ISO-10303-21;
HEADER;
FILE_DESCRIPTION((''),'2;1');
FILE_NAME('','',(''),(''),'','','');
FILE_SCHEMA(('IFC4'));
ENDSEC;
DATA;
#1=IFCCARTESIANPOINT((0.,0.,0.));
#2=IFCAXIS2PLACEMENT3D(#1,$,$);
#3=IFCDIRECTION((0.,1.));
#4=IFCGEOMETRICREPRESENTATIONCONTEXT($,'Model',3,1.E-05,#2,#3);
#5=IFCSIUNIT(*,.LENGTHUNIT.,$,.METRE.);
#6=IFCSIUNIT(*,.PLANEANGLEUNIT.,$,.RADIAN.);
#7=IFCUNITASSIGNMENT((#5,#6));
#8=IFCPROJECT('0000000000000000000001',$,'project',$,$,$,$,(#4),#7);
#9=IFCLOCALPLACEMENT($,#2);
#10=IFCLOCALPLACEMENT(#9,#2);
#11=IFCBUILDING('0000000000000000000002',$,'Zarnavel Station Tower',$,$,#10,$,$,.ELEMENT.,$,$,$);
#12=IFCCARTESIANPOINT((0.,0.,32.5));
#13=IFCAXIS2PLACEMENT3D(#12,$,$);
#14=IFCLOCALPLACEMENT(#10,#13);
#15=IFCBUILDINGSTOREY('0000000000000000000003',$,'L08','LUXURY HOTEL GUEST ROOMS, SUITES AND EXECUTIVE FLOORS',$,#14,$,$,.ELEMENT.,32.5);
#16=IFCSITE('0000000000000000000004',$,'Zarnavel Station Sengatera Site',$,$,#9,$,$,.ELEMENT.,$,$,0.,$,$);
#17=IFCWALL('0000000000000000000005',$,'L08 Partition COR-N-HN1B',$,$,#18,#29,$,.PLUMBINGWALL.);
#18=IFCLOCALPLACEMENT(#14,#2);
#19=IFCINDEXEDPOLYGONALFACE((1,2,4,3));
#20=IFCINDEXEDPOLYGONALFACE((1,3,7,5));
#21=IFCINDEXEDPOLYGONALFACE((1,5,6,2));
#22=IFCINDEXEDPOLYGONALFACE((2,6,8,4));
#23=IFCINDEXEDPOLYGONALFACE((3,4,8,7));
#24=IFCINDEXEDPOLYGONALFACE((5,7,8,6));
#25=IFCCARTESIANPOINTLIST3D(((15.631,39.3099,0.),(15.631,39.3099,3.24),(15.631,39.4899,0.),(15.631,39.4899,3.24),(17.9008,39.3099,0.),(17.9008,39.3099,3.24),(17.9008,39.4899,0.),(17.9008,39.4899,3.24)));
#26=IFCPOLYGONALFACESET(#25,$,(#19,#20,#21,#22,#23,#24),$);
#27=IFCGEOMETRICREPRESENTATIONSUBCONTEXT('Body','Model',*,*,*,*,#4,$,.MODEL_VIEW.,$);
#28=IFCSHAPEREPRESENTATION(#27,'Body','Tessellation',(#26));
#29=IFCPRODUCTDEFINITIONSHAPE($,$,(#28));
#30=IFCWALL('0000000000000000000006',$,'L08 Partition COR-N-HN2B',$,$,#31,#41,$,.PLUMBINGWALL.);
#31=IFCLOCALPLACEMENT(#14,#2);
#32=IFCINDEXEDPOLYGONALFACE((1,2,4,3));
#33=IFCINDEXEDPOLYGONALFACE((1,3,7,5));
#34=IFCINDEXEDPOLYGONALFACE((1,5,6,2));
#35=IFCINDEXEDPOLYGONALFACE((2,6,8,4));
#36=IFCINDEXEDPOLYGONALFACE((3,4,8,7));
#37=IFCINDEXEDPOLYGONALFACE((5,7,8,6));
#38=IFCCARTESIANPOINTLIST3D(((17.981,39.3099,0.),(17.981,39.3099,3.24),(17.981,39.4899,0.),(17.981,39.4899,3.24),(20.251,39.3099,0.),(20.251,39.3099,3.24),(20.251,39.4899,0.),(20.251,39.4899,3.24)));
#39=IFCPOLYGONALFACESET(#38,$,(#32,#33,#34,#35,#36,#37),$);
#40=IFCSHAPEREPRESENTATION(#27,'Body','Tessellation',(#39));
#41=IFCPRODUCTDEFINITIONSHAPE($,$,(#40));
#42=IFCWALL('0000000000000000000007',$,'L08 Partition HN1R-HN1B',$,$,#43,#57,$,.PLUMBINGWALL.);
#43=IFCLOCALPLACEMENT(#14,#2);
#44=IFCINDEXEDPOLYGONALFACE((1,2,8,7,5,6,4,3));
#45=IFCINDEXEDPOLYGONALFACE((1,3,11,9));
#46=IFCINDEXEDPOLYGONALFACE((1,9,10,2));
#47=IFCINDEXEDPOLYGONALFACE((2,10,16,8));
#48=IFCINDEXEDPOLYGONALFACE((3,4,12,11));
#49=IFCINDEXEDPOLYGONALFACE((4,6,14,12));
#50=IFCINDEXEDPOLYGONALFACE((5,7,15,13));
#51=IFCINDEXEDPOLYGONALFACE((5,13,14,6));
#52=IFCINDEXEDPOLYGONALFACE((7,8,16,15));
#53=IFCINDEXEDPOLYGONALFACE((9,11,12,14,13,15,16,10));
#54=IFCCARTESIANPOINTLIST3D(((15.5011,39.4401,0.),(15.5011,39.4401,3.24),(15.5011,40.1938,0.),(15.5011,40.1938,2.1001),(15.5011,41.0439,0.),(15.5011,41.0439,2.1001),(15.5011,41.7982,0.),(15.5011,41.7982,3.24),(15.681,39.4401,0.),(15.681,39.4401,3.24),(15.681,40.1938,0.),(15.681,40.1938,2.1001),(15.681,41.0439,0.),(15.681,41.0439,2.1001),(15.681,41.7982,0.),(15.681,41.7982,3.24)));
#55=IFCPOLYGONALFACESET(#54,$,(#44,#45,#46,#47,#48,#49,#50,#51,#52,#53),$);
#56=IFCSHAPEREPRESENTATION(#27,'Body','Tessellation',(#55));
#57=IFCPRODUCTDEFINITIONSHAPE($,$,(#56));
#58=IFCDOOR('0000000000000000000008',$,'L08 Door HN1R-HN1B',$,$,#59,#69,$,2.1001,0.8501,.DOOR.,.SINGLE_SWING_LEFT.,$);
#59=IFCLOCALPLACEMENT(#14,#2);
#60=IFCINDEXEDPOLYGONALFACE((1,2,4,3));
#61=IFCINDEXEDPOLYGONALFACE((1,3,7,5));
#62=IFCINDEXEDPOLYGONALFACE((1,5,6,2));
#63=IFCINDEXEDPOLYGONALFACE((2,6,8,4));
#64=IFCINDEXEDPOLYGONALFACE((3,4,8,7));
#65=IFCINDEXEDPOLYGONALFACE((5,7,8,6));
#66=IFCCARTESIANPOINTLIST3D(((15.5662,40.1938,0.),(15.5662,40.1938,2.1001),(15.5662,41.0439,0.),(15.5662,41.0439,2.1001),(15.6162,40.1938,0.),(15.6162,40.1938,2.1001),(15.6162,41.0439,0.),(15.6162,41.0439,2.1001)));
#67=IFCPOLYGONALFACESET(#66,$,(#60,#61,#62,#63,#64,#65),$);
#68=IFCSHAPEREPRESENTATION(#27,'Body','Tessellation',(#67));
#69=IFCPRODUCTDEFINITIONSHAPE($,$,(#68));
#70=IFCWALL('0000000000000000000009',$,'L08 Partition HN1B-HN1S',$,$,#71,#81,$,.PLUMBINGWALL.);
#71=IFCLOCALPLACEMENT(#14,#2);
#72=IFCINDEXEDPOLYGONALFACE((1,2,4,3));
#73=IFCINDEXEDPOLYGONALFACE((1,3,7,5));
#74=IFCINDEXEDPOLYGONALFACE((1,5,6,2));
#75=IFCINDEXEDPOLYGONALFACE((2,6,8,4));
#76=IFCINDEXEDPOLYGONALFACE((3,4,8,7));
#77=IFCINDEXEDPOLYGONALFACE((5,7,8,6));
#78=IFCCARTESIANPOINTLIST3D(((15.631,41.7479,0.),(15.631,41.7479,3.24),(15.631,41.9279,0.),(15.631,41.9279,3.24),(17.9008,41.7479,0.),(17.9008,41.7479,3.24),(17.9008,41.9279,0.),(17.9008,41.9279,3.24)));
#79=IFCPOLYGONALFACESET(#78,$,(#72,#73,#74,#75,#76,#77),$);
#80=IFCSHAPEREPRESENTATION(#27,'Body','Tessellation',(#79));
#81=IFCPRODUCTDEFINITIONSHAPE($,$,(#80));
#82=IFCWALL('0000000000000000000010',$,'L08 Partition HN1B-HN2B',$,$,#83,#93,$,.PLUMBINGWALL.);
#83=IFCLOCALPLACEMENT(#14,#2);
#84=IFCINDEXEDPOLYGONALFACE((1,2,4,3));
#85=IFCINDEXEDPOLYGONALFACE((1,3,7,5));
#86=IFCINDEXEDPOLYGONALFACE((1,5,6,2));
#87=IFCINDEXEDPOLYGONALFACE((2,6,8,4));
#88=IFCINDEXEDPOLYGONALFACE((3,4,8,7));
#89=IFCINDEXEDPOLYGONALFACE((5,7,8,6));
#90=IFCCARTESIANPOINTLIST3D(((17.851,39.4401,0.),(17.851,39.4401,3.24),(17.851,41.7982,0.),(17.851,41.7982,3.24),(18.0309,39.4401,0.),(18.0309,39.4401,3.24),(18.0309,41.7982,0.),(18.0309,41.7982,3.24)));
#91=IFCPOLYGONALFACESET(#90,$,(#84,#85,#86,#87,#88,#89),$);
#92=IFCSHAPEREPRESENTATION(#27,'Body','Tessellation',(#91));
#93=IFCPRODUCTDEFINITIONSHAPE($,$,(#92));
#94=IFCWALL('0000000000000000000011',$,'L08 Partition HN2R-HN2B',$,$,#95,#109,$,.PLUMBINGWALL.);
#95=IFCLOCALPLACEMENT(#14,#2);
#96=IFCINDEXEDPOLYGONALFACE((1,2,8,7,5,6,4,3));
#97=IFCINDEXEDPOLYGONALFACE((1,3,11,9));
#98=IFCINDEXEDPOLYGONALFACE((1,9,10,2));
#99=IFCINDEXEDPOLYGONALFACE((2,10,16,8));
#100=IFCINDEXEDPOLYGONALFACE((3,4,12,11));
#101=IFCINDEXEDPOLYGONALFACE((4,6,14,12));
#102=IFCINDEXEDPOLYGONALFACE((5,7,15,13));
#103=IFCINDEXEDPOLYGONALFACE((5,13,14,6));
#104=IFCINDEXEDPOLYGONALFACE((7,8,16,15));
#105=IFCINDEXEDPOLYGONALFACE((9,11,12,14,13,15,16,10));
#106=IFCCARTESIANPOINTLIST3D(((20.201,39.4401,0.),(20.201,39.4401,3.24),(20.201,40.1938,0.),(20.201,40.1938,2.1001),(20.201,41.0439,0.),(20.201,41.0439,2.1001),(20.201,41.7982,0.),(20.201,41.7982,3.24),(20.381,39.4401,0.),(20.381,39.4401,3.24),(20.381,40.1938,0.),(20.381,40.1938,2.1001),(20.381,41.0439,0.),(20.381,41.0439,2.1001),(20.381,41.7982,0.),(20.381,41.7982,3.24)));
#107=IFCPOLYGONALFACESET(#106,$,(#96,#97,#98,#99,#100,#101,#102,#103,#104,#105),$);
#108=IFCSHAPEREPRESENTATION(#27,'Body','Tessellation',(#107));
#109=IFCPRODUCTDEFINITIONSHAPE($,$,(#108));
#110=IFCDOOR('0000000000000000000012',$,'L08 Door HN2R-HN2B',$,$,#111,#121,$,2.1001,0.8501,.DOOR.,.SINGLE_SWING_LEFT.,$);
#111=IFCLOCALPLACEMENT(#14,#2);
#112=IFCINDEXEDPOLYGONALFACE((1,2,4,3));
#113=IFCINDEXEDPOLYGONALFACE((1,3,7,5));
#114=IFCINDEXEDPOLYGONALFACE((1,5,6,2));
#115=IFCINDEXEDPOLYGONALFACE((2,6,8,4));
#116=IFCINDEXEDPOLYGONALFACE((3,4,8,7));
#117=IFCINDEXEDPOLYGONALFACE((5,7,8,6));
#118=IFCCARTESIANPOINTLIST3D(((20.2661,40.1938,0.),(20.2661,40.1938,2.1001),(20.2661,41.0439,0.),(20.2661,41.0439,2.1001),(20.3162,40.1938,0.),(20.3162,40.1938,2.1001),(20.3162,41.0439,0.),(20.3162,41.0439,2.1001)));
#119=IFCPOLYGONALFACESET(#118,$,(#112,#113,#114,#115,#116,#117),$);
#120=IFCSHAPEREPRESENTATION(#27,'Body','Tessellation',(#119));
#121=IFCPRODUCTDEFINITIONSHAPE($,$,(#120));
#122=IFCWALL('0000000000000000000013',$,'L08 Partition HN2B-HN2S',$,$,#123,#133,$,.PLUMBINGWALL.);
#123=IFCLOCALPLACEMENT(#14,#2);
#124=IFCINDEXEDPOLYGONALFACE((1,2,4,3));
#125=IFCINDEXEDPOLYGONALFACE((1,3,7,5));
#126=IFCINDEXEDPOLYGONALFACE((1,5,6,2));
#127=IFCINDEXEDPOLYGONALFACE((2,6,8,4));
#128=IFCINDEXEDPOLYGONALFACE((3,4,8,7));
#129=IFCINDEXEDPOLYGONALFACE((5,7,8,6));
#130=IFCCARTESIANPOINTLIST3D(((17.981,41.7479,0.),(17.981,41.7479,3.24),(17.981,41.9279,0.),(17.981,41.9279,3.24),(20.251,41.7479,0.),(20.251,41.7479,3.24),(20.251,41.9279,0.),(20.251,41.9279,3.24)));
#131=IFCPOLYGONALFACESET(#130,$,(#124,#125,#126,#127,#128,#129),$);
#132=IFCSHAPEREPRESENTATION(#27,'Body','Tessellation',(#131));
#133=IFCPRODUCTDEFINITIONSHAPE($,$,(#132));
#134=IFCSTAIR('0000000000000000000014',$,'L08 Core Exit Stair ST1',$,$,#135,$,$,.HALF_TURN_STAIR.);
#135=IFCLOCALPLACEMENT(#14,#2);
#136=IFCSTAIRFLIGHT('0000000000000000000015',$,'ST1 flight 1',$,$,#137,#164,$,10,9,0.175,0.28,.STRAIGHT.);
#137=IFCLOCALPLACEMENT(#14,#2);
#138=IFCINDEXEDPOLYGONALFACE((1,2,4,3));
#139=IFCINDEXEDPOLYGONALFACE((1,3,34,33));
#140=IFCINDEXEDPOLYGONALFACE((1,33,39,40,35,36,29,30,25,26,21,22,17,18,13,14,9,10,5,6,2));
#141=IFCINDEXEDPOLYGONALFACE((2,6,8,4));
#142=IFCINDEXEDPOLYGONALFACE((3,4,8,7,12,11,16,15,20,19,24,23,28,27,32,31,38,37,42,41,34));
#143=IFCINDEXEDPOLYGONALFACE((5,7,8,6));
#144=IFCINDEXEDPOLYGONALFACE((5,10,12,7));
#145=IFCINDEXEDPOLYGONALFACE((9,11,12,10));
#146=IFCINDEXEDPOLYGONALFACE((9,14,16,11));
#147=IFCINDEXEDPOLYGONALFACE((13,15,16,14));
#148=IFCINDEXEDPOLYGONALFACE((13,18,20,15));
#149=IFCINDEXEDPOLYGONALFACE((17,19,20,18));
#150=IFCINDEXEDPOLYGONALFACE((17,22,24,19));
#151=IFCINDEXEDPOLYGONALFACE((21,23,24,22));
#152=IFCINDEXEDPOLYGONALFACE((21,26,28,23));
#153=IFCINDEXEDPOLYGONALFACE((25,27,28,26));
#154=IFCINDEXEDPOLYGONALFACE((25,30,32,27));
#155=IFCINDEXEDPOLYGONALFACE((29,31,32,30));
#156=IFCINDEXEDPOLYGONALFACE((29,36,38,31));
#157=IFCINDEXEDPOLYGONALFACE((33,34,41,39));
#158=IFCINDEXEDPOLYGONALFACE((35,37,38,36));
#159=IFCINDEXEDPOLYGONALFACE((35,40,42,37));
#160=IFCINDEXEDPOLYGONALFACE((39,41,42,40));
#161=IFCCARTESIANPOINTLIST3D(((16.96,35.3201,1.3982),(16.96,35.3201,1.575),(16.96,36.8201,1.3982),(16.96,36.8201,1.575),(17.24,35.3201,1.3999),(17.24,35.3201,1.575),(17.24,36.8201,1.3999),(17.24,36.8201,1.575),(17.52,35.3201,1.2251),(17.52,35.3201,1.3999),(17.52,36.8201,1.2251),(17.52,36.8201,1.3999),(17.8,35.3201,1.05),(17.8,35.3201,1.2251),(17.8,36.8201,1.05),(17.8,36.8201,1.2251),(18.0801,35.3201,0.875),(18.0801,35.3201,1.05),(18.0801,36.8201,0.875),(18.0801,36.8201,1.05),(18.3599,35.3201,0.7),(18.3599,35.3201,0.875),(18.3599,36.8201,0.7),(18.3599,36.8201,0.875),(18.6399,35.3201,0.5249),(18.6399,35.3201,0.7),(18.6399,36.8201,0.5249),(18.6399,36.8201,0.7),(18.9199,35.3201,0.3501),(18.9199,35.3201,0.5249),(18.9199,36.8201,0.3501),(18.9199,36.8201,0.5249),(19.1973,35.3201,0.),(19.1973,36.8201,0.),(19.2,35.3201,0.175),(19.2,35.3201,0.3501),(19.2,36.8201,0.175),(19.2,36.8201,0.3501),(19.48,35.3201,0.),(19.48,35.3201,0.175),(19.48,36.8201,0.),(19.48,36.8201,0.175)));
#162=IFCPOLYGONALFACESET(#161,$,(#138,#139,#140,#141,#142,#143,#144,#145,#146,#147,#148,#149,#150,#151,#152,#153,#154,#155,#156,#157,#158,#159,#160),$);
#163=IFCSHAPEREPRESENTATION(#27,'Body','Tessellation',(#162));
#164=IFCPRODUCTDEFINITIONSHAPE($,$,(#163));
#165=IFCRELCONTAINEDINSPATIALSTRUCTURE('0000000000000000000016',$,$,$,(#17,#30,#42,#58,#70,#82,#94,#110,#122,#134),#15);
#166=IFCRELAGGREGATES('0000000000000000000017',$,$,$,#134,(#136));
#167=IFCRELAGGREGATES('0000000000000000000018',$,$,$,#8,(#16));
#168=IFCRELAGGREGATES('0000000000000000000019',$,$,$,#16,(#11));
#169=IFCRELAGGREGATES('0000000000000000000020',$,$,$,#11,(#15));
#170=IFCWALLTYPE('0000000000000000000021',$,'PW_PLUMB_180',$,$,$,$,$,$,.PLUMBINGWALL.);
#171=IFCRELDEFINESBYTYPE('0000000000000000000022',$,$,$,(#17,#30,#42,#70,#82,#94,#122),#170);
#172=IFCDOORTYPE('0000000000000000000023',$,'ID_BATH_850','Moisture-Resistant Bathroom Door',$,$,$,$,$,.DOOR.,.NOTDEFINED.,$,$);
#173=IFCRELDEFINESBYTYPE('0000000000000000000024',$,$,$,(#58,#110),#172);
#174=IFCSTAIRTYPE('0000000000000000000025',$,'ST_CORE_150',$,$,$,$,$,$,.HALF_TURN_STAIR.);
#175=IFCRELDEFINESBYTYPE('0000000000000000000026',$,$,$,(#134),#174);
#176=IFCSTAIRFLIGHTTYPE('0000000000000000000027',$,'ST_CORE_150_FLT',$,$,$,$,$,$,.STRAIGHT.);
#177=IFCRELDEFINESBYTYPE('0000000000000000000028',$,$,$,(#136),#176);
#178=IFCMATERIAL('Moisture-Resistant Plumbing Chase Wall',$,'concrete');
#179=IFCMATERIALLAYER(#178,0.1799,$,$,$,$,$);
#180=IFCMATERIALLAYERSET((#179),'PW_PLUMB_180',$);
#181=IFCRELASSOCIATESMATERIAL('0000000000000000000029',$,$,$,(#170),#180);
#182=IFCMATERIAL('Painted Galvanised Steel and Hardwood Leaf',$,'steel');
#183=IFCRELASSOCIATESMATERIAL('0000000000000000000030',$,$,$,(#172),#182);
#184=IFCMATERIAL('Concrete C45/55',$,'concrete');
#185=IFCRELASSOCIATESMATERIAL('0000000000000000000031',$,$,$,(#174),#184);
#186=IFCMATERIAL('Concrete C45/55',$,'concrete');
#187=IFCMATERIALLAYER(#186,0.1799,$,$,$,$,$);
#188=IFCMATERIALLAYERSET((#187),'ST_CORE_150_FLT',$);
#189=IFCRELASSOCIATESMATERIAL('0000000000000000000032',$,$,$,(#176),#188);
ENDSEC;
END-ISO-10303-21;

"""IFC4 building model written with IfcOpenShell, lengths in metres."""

from ifc_helpers import new_model, si_unit, direction, frame, frame_2d, origin, place, context, subcontext, project, spatial, polyline, rectangle, outline, extrude, material, layer, layer_set, type_object, element, fill, aggregate, save


model = new_model("IFC4")

# Units and contexts
model_context = context("Model", 3, precision=1e-05, world=origin(), true_north=direction((0.0, 1.0)))
body_context = subcontext(model_context, "Body", "Model", "MODEL_VIEW")
ifc_project = project(units=[si_unit("LENGTHUNIT", "METRE"), si_unit("PLANEANGLEUNIT", "RADIAN")], contexts=[model_context])

# Site, building, storey
site_placement = place(None, origin())
site = spatial("IfcSite", under=ifc_project, at=site_placement, Name="Zarnavel Station Sengatera Site", CompositionType="ELEMENT", RefElevation=0.0)
building_placement = place(site_placement, origin())
building = spatial("IfcBuilding", under=site, at=building_placement, Name="Zarnavel Station Tower", CompositionType="ELEMENT")
storey_placement = place(building_placement, frame((0.0, 0.0, 32.5)))
storey = spatial("IfcBuildingStorey", under=building, at=storey_placement, Name="L08", Description="LUXURY HOTEL GUEST ROOMS, SUITES AND EXECUTIVE FLOORS", CompositionType="ELEMENT", Elevation=32.5)

# Walls
ifc_material_1 = material(Name="Moisture-Resistant Plumbing Chase Wall", Category="concrete")
ifc_layer_1 = layer(ifc_material_1, 0.1799)
ifc_layer_set_1 = layer_set([ifc_layer_1], Name="PW_PLUMB_180")
wall_type_1 = type_object("IfcWallType", Name="PW_PLUMB_180", PredefinedType="PLUMBINGWALL", material=ifc_layer_set_1)
wall_1_placement = place(storey_placement, frame((15.6311, 39.3999, 0.0), z_axis=(0.0, 0.0, 1.0), x_axis=(1.0, 0.0, 0.0)))
element("IfcWall", 1, at=wall_1_placement, inside=storey, type_object=wall_type_1, Name="L08 Partition COR-N-HN1B", PredefinedType="PLUMBINGWALL", context=body_context, shape_type="SweptSolid", body=[
    extrude(rectangle(XDim=2.2698, YDim=0.1799, at=frame_2d((1.1348, 0.0))), origin(), (0.0, 0.0, 1.0), 3.24),
])
wall_2_placement = place(storey_placement, frame((17.981, 39.3999, 0.0), z_axis=(0.0, 0.0, 1.0), x_axis=(1.0, 0.0, 0.0)))
element("IfcWall", 2, at=wall_2_placement, inside=storey, type_object=wall_type_1, Name="L08 Partition COR-N-HN2B", PredefinedType="PLUMBINGWALL", context=body_context, shape_type="SweptSolid", body=[
    extrude(rectangle(XDim=2.27, YDim=0.1799, at=frame_2d((1.135, 0.0))), origin(), (0.0, 0.0, 1.0), 3.24),
])

# Wall, opening, door
wall_3_placement = place(storey_placement, frame((15.5911, 39.4399, 0.0), z_axis=(0.0, 0.0, 1.0), x_axis=(0.0, 1.0, 0.0)))
wall_3 = element("IfcWall", 3, at=wall_3_placement, inside=storey, type_object=wall_type_1, Name="L08 Partition HN1R-HN1B", PredefinedType="PLUMBINGWALL", context=body_context, shape_type="SweptSolid", body=[
    extrude(rectangle(XDim=2.3582, YDim=0.1799, at=frame_2d((1.1792, 0.0))), origin(), (0.0, 0.0, 1.0), 3.24),
])
opening_1_placement = place(wall_3_placement, frame((0.7539, 0.0, 0.0)))
opening_1 = element("IfcOpeningElement", 4, at=opening_1_placement, cuts=wall_3, PredefinedType="OPENING", context=body_context, shape_type="SweptSolid", body=[
    extrude(rectangle(XDim=0.8501, YDim=2.1001, at=frame_2d((0.425, 1.05))), frame((0.0, 0.0999, 0.0), z_axis=(0.0, -1.0, 0.0), x_axis=(1.0, 0.0, 0.0)), (0.0, 0.0, 1.0), 0.2),
])
ifc_material_2 = material(Name="Painted Galvanised Steel and Hardwood Leaf", Category="steel")
door_type_1 = type_object("IfcDoorType", Name="ID_BATH_850", Description="Moisture-Resistant Bathroom Door", OperationType="NOTDEFINED", PredefinedType="DOOR", material=ifc_material_2)
door_1_placement = place(opening_1_placement, origin())
door_1 = element("IfcDoor", 5, at=door_1_placement, inside=storey, type_object=door_type_1, Name="L08 Door HN1R-HN1B", OperationType="SINGLE_SWING_LEFT", OverallHeight=2.1001, OverallWidth=0.8501, PredefinedType="DOOR", context=body_context, shape_type="SweptSolid", body=[
    extrude(rectangle(XDim=0.8501, YDim=2.1001, at=frame_2d((0.425, 1.05))), frame((0.0, 0.0249, 0.0), z_axis=(0.0, -1.0, 0.0), x_axis=(1.0, 0.0, 0.0)), (0.0, 0.0, 1.0), 0.05),
])
fill(opening_1, door_1)

# Walls
wall_4_placement = place(storey_placement, frame((15.6311, 41.8379, 0.0), z_axis=(0.0, 0.0, 1.0), x_axis=(1.0, 0.0, 0.0)))
element("IfcWall", 6, at=wall_4_placement, inside=storey, type_object=wall_type_1, Name="L08 Partition HN1B-HN1S", PredefinedType="PLUMBINGWALL", context=body_context, shape_type="SweptSolid", body=[
    extrude(rectangle(XDim=2.2698, YDim=0.1799, at=frame_2d((1.1348, 0.0))), origin(), (0.0, 0.0, 1.0), 3.24),
])
wall_5_placement = place(storey_placement, frame((17.9409, 39.4399, 0.0), z_axis=(0.0, 0.0, 1.0), x_axis=(0.0, 1.0, 0.0)))
element("IfcWall", 7, at=wall_5_placement, inside=storey, type_object=wall_type_1, Name="L08 Partition HN1B-HN2B", PredefinedType="PLUMBINGWALL", context=body_context, shape_type="SweptSolid", body=[
    extrude(rectangle(XDim=2.3582, YDim=0.1799, at=frame_2d((1.1792, 0.0))), origin(), (0.0, 0.0, 1.0), 3.24),
])

# Wall, opening, door
wall_6_placement = place(storey_placement, frame((20.291, 39.4399, 0.0), z_axis=(0.0, 0.0, 1.0), x_axis=(0.0, 1.0, 0.0)))
wall_6 = element("IfcWall", 8, at=wall_6_placement, inside=storey, type_object=wall_type_1, Name="L08 Partition HN2R-HN2B", PredefinedType="PLUMBINGWALL", context=body_context, shape_type="SweptSolid", body=[
    extrude(rectangle(XDim=2.3582, YDim=0.1799, at=frame_2d((1.1792, 0.0))), origin(), (0.0, 0.0, 1.0), 3.24),
])
opening_2_placement = place(wall_6_placement, frame((0.7539, 0.0, 0.0)))
opening_2 = element("IfcOpeningElement", 9, at=opening_2_placement, cuts=wall_6, PredefinedType="OPENING", context=body_context, shape_type="SweptSolid", body=[
    extrude(rectangle(XDim=0.8501, YDim=2.1001, at=frame_2d((0.425, 1.05))), frame((0.0, 0.0999, 0.0), z_axis=(0.0, -1.0, 0.0), x_axis=(1.0, 0.0, 0.0)), (0.0, 0.0, 1.0), 0.2),
])
door_2_placement = place(opening_2_placement, origin())
door_2 = element("IfcDoor", 10, at=door_2_placement, inside=storey, type_object=door_type_1, Name="L08 Door HN2R-HN2B", OperationType="SINGLE_SWING_LEFT", OverallHeight=2.1001, OverallWidth=0.8501, PredefinedType="DOOR", context=body_context, shape_type="SweptSolid", body=[
    extrude(rectangle(XDim=0.8501, YDim=2.1001, at=frame_2d((0.425, 1.05))), frame((0.0, 0.0249, 0.0), z_axis=(0.0, -1.0, 0.0), x_axis=(1.0, 0.0, 0.0)), (0.0, 0.0, 1.0), 0.05),
])
fill(opening_2, door_2)

# Wall
wall_7_placement = place(storey_placement, frame((17.981, 41.8379, 0.0), z_axis=(0.0, 0.0, 1.0), x_axis=(1.0, 0.0, 0.0)))
element("IfcWall", 11, at=wall_7_placement, inside=storey, type_object=wall_type_1, Name="L08 Partition HN2B-HN2S", PredefinedType="PLUMBINGWALL", context=body_context, shape_type="SweptSolid", body=[
    extrude(rectangle(XDim=2.27, YDim=0.1799, at=frame_2d((1.135, 0.0))), origin(), (0.0, 0.0, 1.0), 3.24),
])

# Stair, stair flight
ifc_material_3 = material(Name="Concrete C45/55", Category="concrete")
stair_type = type_object("IfcStairType", Name="ST_CORE_150", PredefinedType="HALF_TURN_STAIR", material=ifc_material_3)
stair_placement = place(storey_placement, origin())
stair = element("IfcStair", 12, at=stair_placement, inside=storey, type_object=stair_type, Name="L08 Core Exit Stair ST1", PredefinedType="HALF_TURN_STAIR")
ifc_material_4 = material(Name="Concrete C45/55", Category="concrete")
ifc_layer_2 = layer(ifc_material_4, 0.1799)
ifc_layer_set_2 = layer_set([ifc_layer_2], Name="ST_CORE_150_FLT")
stair_flight_type = type_object("IfcStairFlightType", Name="ST_CORE_150_FLT", PredefinedType="STRAIGHT", material=ifc_layer_set_2)
stair_flight_1_placement = place(storey_placement, frame((19.48, 36.0701, 0.0), z_axis=(0.0, 0.0, 1.0), x_axis=(-1.0, 0.0, 0.0)))
stair_flight_1 = element("IfcStairFlight", 13, at=stair_flight_1_placement, type_object=stair_flight_type, Name="ST1 flight 1", NumberOfRisers=10, NumberOfTreads=9, PredefinedType="STRAIGHT", RiserHeight=0.175, TreadLength=0.28, context=body_context, shape_type="SweptSolid", body=[
    extrude(outline(polyline([(0.0, 0.0), (0.0, 0.175), (0.28, 0.175), (0.28, 0.3501), (0.5601, 0.3501), (0.5601, 0.5249), (0.8401, 0.5249), (0.8401, 0.7), (1.1201, 0.7), (1.1201, 0.875), (1.3999, 0.875), (1.3999, 1.05), (1.6799, 1.05), (1.6799, 1.2251), (1.96, 1.2251), (1.96, 1.3999), (2.24, 1.3999), (2.24, 1.575), (2.52, 1.575), (2.52, 1.75), (2.52, 1.3982), (0.2827, 0.0), (0.0, 0.0)])), frame((0.0, 0.75, 0.0), z_axis=(0.0, -1.0, 0.0), x_axis=(1.0, 0.0, 0.0)), (0.0, 0.0, 1.0), 1.5),
])
aggregate(stair, [stair_flight_1])

save(model, "model.ifc")
